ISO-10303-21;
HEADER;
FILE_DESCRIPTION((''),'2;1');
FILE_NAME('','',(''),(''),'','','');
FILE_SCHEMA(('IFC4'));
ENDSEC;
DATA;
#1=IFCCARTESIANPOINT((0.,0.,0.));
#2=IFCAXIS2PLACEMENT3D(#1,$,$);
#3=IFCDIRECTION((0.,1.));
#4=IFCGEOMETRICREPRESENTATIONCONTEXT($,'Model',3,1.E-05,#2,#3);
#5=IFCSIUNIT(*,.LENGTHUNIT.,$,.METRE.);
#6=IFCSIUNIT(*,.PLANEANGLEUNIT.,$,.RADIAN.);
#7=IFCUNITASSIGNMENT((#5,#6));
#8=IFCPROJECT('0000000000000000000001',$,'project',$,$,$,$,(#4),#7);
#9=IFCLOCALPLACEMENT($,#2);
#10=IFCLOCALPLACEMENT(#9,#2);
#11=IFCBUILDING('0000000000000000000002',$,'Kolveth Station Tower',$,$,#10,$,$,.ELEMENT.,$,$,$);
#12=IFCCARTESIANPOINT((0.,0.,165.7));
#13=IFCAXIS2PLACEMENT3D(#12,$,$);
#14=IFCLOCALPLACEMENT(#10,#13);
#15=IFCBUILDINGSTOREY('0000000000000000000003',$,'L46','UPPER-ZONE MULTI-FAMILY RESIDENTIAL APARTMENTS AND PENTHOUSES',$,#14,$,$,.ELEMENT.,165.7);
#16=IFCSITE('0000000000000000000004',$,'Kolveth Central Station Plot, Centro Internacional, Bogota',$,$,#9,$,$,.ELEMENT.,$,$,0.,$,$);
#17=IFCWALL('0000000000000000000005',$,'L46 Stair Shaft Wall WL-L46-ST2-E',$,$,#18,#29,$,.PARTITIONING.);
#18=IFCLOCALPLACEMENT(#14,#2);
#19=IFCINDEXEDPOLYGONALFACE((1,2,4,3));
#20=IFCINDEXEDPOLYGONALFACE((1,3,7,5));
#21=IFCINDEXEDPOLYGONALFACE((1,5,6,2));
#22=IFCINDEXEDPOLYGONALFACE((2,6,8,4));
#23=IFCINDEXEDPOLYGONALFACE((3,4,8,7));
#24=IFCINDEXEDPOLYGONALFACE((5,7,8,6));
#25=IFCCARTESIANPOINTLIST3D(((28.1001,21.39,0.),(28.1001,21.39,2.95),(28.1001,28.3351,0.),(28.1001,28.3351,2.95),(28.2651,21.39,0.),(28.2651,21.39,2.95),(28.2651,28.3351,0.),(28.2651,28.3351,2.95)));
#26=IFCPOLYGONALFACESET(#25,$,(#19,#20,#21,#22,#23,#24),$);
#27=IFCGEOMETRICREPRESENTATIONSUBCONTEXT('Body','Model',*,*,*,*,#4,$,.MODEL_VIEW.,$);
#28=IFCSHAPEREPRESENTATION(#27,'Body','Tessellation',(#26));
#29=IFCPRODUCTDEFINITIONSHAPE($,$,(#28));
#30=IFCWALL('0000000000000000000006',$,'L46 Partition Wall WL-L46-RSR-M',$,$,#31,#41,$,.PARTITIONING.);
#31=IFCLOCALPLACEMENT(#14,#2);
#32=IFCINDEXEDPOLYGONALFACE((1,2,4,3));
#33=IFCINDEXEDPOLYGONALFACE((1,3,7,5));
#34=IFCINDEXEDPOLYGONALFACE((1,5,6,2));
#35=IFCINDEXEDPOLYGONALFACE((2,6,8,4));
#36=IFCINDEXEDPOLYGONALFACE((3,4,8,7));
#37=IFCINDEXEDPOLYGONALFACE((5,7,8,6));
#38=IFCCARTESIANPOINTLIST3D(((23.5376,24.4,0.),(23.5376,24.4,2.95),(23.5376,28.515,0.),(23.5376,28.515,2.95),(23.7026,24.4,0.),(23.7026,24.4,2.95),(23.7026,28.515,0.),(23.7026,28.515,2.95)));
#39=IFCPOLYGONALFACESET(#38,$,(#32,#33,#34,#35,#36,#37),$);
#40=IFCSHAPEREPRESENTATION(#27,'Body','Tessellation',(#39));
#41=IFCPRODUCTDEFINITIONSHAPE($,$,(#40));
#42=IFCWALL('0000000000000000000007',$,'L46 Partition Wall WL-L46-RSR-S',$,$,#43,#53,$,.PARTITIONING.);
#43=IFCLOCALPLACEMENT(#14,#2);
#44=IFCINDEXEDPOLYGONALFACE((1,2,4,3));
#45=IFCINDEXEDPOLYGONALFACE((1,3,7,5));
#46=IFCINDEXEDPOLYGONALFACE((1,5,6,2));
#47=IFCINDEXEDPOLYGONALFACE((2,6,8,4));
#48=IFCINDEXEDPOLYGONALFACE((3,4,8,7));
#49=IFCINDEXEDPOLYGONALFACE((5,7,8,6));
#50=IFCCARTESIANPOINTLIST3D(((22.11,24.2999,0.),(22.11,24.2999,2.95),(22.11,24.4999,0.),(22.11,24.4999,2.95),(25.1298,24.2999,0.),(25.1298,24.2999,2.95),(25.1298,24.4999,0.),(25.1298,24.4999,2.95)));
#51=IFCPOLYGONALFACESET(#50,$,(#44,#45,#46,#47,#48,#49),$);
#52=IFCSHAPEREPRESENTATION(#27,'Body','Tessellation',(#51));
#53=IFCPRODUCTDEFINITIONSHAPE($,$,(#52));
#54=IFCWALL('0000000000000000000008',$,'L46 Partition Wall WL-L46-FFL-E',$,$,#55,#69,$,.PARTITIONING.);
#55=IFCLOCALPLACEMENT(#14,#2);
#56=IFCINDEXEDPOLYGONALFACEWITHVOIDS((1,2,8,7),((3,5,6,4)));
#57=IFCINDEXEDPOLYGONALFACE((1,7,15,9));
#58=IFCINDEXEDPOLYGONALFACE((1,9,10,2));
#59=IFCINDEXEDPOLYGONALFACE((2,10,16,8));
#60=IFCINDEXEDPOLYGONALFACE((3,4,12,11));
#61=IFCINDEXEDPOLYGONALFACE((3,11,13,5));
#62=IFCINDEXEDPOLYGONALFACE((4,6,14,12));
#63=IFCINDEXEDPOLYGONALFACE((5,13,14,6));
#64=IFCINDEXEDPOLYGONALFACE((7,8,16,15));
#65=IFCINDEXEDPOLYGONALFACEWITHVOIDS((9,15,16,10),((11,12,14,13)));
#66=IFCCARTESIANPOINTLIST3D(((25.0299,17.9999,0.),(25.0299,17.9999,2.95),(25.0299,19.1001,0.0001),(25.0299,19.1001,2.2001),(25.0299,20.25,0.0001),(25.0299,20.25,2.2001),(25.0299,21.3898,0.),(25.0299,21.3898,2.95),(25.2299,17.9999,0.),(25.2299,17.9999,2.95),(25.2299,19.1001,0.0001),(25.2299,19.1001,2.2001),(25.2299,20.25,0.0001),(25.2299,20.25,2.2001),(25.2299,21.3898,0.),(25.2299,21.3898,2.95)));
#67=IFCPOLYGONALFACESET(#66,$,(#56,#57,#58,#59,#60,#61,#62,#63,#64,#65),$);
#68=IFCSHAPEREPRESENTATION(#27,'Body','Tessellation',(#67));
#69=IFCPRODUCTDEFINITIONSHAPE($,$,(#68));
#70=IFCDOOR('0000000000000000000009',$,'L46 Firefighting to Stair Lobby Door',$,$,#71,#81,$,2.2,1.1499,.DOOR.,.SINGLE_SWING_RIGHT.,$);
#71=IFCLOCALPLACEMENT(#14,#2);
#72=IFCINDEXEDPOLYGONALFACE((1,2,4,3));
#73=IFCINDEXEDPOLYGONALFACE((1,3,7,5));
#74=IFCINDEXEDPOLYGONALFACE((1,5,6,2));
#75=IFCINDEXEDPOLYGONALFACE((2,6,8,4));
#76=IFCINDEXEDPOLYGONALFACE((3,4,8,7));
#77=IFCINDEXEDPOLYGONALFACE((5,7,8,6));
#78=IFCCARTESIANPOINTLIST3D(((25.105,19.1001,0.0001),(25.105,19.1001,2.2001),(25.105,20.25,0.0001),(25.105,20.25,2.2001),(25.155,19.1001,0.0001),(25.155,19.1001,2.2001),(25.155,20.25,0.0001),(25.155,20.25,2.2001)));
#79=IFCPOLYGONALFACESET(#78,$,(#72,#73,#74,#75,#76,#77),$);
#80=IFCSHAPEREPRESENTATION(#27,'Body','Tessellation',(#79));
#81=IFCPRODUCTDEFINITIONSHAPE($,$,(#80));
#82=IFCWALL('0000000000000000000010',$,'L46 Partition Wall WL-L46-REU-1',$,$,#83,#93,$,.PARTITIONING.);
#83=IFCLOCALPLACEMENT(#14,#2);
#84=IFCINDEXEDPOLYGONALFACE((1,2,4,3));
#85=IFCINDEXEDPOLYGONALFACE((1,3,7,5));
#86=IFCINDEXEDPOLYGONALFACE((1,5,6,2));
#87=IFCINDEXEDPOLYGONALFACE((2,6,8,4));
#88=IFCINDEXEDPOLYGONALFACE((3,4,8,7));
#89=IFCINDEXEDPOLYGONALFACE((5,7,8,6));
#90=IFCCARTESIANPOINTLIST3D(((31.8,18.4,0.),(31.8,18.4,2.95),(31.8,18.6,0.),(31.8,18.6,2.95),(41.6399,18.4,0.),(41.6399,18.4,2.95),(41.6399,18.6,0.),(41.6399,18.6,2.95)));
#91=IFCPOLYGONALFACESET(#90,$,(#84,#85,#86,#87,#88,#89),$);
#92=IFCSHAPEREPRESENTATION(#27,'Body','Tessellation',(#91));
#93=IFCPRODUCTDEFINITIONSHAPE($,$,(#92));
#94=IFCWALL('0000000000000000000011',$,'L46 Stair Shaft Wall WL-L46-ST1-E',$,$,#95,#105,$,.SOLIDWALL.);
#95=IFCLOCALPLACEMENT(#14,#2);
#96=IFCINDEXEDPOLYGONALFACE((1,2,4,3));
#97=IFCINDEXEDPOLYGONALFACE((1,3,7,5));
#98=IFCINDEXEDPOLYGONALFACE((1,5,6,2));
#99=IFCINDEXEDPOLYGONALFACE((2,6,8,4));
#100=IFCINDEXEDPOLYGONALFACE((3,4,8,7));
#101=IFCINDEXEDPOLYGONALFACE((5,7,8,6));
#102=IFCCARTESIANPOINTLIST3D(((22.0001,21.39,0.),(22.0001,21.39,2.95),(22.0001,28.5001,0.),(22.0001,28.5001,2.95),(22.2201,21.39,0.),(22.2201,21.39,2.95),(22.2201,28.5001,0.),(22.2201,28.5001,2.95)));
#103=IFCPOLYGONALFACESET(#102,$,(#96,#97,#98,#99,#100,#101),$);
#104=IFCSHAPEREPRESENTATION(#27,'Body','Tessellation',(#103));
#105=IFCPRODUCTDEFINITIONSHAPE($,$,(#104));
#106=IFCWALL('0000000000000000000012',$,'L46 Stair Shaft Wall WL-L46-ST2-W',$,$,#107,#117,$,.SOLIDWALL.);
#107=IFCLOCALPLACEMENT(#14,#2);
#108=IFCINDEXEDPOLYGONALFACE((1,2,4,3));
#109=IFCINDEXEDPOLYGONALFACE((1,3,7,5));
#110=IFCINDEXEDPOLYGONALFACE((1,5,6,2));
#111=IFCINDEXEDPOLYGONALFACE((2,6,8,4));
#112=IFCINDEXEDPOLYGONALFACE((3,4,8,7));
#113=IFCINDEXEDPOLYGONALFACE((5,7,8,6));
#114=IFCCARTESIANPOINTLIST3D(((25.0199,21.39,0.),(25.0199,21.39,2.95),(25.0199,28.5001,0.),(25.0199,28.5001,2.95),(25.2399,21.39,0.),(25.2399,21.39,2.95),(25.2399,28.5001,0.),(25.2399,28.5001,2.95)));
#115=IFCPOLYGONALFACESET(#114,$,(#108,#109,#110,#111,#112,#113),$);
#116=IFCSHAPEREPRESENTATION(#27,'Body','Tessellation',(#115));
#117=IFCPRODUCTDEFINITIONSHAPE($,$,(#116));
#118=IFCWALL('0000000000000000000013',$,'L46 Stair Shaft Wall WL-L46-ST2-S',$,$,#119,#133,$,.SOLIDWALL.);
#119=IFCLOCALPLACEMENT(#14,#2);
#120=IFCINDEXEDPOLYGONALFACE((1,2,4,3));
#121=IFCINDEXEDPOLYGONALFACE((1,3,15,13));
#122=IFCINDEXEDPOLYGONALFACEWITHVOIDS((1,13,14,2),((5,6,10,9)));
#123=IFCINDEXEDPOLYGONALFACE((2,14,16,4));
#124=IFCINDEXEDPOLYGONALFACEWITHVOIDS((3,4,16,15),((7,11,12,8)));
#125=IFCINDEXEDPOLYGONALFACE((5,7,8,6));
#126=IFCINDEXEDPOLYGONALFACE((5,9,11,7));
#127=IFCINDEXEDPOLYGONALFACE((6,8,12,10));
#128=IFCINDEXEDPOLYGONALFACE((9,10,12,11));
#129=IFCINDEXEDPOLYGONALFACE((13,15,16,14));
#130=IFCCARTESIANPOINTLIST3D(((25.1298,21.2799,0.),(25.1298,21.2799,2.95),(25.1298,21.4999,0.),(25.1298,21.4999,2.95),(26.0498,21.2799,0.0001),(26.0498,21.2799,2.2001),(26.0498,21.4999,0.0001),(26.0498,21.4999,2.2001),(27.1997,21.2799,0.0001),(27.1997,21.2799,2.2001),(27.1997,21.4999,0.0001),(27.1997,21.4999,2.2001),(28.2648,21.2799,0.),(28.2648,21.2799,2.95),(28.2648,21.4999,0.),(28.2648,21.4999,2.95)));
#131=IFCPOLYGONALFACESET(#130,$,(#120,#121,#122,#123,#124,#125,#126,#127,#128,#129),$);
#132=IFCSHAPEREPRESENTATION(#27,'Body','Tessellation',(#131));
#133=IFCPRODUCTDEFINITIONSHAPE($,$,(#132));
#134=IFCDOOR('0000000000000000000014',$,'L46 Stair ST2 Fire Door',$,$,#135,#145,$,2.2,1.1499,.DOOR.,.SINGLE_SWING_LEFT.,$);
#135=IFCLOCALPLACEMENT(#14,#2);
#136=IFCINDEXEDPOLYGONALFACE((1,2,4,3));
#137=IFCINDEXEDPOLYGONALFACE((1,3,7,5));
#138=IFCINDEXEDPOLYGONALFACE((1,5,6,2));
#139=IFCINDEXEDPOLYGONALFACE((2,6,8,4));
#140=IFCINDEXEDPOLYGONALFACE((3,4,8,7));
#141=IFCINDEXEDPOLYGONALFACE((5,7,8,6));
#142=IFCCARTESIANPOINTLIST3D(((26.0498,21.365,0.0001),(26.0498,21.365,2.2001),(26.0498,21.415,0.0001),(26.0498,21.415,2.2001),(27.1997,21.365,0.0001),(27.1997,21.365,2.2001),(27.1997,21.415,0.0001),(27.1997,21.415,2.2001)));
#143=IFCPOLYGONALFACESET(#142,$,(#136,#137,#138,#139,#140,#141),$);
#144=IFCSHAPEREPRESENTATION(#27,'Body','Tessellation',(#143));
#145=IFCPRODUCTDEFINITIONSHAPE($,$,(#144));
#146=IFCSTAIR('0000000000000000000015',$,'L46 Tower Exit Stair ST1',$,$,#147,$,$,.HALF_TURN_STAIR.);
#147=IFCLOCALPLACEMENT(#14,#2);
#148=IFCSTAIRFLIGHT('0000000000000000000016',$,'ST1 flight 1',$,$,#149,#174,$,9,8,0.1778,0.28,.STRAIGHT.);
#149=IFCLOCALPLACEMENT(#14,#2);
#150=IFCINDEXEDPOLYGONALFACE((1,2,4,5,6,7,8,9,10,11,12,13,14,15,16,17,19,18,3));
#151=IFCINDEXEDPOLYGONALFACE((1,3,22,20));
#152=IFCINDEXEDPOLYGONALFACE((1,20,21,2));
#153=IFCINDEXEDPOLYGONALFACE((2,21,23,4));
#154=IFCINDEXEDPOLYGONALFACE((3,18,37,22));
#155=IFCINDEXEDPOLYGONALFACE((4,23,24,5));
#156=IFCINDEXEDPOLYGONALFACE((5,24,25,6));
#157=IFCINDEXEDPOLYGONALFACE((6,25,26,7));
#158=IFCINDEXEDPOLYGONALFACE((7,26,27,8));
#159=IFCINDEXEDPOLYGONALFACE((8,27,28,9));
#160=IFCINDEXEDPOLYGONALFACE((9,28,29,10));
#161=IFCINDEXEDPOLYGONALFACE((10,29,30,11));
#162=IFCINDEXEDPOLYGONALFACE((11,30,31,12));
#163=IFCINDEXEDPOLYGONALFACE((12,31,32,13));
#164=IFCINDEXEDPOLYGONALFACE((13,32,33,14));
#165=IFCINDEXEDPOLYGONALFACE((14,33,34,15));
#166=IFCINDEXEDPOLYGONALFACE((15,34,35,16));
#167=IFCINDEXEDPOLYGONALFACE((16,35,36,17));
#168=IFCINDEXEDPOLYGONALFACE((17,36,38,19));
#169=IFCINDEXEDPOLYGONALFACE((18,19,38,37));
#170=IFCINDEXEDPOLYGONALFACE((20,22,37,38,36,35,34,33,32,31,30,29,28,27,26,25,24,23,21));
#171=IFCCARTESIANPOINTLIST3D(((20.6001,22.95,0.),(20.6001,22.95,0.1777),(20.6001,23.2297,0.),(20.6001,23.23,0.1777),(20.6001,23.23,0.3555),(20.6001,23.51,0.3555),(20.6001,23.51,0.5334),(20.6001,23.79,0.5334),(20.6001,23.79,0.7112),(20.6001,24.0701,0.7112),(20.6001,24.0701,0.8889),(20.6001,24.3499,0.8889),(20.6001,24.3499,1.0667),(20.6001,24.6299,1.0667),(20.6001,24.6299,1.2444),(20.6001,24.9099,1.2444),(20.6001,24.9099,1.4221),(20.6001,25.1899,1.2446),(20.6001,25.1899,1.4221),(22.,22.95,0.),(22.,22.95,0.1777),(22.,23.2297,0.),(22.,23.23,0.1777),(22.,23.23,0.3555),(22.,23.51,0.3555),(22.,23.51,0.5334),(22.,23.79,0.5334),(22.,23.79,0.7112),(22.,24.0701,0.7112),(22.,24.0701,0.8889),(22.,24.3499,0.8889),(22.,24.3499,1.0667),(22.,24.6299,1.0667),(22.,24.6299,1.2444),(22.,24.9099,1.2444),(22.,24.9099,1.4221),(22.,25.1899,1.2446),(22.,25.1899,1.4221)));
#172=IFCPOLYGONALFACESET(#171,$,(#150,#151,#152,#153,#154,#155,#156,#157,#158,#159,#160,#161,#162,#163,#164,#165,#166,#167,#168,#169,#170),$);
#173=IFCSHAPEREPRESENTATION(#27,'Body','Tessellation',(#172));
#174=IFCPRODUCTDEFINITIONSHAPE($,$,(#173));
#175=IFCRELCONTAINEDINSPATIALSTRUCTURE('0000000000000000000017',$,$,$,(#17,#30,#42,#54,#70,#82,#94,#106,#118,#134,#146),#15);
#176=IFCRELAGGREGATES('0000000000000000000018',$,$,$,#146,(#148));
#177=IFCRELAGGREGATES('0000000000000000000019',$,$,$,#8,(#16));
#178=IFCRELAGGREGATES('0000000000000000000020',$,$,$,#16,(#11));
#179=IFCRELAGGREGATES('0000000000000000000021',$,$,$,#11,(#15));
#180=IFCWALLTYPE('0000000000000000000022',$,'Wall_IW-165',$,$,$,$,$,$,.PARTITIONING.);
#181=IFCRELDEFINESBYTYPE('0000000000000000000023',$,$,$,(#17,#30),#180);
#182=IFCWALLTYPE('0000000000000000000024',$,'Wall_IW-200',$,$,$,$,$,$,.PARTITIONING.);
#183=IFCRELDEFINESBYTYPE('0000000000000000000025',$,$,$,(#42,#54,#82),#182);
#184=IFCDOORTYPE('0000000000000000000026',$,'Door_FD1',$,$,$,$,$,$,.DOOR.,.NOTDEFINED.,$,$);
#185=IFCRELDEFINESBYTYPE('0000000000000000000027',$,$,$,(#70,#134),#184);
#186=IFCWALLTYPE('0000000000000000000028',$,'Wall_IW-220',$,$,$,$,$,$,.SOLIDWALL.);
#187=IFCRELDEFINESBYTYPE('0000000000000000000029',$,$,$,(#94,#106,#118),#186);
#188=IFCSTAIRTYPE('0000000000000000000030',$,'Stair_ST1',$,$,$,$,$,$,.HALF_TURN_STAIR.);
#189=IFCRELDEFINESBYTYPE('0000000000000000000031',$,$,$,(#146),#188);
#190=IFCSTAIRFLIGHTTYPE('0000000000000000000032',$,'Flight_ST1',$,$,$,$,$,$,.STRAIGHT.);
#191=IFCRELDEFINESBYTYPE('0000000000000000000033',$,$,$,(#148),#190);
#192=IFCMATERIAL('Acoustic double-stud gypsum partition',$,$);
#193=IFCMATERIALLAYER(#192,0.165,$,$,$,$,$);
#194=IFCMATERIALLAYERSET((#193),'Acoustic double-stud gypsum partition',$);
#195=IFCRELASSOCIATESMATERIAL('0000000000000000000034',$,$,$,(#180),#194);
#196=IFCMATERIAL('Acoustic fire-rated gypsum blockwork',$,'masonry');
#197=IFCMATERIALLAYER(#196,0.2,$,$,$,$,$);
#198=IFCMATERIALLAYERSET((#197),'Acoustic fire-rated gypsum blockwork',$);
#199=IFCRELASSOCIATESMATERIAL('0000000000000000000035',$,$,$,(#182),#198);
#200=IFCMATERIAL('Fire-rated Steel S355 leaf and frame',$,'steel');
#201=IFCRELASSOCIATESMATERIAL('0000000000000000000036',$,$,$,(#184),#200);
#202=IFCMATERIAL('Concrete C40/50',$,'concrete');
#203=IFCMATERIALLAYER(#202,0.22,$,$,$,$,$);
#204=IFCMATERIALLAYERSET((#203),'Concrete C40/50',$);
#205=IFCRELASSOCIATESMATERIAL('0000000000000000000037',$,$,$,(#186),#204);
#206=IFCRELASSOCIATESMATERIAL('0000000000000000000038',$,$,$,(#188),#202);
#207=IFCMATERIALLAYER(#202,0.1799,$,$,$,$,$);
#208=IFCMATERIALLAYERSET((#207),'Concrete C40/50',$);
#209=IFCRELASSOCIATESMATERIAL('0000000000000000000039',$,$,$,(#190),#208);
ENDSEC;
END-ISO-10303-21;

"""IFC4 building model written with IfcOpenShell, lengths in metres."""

from ifc_helpers import new_model, si_unit, direction, frame, frame_2d, origin, place, context, subcontext, project, spatial, polyline, rectangle, outline, extrude, material, layer, layer_set, type_object, element, fill, aggregate, save


model = new_model("IFC4")

# Units and contexts
model_context = context("Model", 3, precision=1e-05, world=origin(), true_north=direction((0.0, 1.0)))
body_context = subcontext(model_context, "Body", "Model", "MODEL_VIEW")
ifc_project = project(units=[si_unit("LENGTHUNIT", "METRE"), si_unit("PLANEANGLEUNIT", "RADIAN")], contexts=[model_context])

# Site, building, storey
site_placement = place(None, origin())
site = spatial("IfcSite", under=ifc_project, at=site_placement, Name="Kolveth Central Station Plot, Centro Internacional, Bogota", CompositionType="ELEMENT", RefElevation=0.0)
building_placement = place(site_placement, origin())
building = spatial("IfcBuilding", under=site, at=building_placement, Name="Kolveth Station Tower", CompositionType="ELEMENT")
storey_placement = place(building_placement, frame((0.0, 0.0, 165.7)))
storey = spatial("IfcBuildingStorey", under=building, at=storey_placement, Name="L46", Description="UPPER-ZONE MULTI-FAMILY RESIDENTIAL APARTMENTS AND PENTHOUSES", CompositionType="ELEMENT", Elevation=165.7)

# Walls
ifc_material_1 = material(Name="Acoustic double-stud gypsum partition")
ifc_layer_1 = layer(ifc_material_1, 0.165)
ifc_layer_set_1 = layer_set([ifc_layer_1], Name="Acoustic double-stud gypsum partition")
wall_type_1 = type_object("IfcWallType", Name="Wall_IW-165", PredefinedType="PARTITIONING", material=ifc_layer_set_1)
wall_1_placement = place(storey_placement, frame((28.1826, 21.3899, 0.0), z_axis=(0.0, 0.0, 1.0), x_axis=(0.0, 1.0, 0.0)))
element("IfcWall", 1, at=wall_1_placement, inside=storey, type_object=wall_type_1, Name="L46 Stair Shaft Wall WL-L46-ST2-E", PredefinedType="PARTITIONING", context=body_context, shape_type="SweptSolid", body=[
    extrude(rectangle(XDim=6.9451, YDim=0.165, at=frame_2d((3.4727, 0.0))), origin(), (0.0, 0.0, 1.0), 2.95),
])
wall_2_placement = place(storey_placement, frame((23.6201, 24.3999, 0.0), z_axis=(0.0, 0.0, 1.0), x_axis=(0.0, 1.0, 0.0)))
element("IfcWall", 2, at=wall_2_placement, inside=storey, type_object=wall_type_1, Name="L46 Partition Wall WL-L46-RSR-M", PredefinedType="PARTITIONING", context=body_context, shape_type="SweptSolid", body=[
    extrude(rectangle(XDim=4.115, YDim=0.165, at=frame_2d((2.0576, 0.0))), origin(), (0.0, 0.0, 1.0), 2.95),
])
ifc_material_2 = material(Name="Acoustic fire-rated gypsum blockwork", Category="masonry")
ifc_layer_2 = layer(ifc_material_2, 0.2)
ifc_layer_set_2 = layer_set([ifc_layer_2], Name="Acoustic fire-rated gypsum blockwork")
wall_type_2 = type_object("IfcWallType", Name="Wall_IW-200", PredefinedType="PARTITIONING", material=ifc_layer_set_2)
wall_3_placement = place(storey_placement, frame((22.1101, 24.3999, 0.0), z_axis=(0.0, 0.0, 1.0), x_axis=(1.0, 0.0, 0.0)))
element("IfcWall", 3, at=wall_3_placement, inside=storey, type_object=wall_type_2, Name="L46 Partition Wall WL-L46-RSR-S", PredefinedType="PARTITIONING", context=body_context, shape_type="SweptSolid", body=[
    extrude(rectangle(XDim=3.0198, YDim=0.2, at=frame_2d((1.5098, 0.0))), origin(), (0.0, 0.0, 1.0), 2.95),
])

# Wall, opening, door
wall_4_placement = place(storey_placement, frame((25.1299, 18.0, 0.0), z_axis=(0.0, 0.0, 1.0), x_axis=(0.0, 1.0, 0.0)))
wall_4 = element("IfcWall", 4, at=wall_4_placement, inside=storey, type_object=wall_type_2, Name="L46 Partition Wall WL-L46-FFL-E", PredefinedType="PARTITIONING", context=body_context, shape_type="SweptSolid", body=[
    extrude(rectangle(XDim=3.3899, YDim=0.2, at=frame_2d((1.6948, 0.0))), origin(), (0.0, 0.0, 1.0), 2.95),
])
opening_1_placement = place(wall_4_placement, frame((1.1001, 0.0, 0.0)))
opening_1 = element("IfcOpeningElement", 5, at=opening_1_placement, cuts=wall_4, PredefinedType="OPENING", context=body_context, shape_type="SweptSolid", body=[
    extrude(rectangle(XDim=1.1499, YDim=2.2, at=frame_2d((0.575, 1.1001))), frame((0.0, 0.1099, 0.0), z_axis=(0.0, -1.0, 0.0), x_axis=(1.0, 0.0, 0.0)), (0.0, 0.0, 1.0), 0.22),
])
ifc_material_3 = material(Name="Fire-rated Steel S355 leaf and frame", Category="steel")
door_type = type_object("IfcDoorType", Name="Door_FD1", OperationType="NOTDEFINED", PredefinedType="DOOR", material=ifc_material_3)
door_1_placement = place(opening_1_placement, origin())
door_1 = element("IfcDoor", 6, at=door_1_placement, inside=storey, type_object=door_type, Name="L46 Firefighting to Stair Lobby Door", OperationType="SINGLE_SWING_RIGHT", OverallHeight=2.2, OverallWidth=1.1499, PredefinedType="DOOR", context=body_context, shape_type="SweptSolid", body=[
    extrude(rectangle(XDim=1.1499, YDim=2.2, at=frame_2d((0.575, 1.1001))), frame((0.0, 0.0249, 0.0), z_axis=(0.0, -1.0, 0.0), x_axis=(1.0, 0.0, 0.0)), (0.0, 0.0, 1.0), 0.05),
])
fill(opening_1, door_1)

# Walls
wall_5_placement = place(storey_placement, frame((31.8, 18.5, 0.0), z_axis=(0.0, 0.0, 1.0), x_axis=(1.0, 0.0, 0.0)))
element("IfcWall", 7, at=wall_5_placement, inside=storey, type_object=wall_type_2, Name="L46 Partition Wall WL-L46-REU-1", PredefinedType="PARTITIONING", context=body_context, shape_type="SweptSolid", body=[
    extrude(rectangle(XDim=9.8398, YDim=0.2, at=frame_2d((4.9199, 0.0))), origin(), (0.0, 0.0, 1.0), 2.95),
])
ifc_material_4 = material(Name="Concrete C40/50", Category="concrete")
ifc_layer_3 = layer(ifc_material_4, 0.22)
ifc_layer_set_3 = layer_set([ifc_layer_3], Name="Concrete C40/50")
wall_type_3 = type_object("IfcWallType", Name="Wall_IW-220", PredefinedType="SOLIDWALL", material=ifc_layer_set_3)
for number, where, z_axis, x_axis, name in (
    (8, (22.1101, 21.3899, 0.0), (0.0, 0.0, 1.0), (0.0, 1.0, 0.0), "L46 Stair Shaft Wall WL-L46-ST1-E"),
    (9, (25.1299, 21.3899, 0.0), (0.0, 0.0, 1.0), (0.0, 1.0, 0.0), "L46 Stair Shaft Wall WL-L46-ST2-W"),
):
    element("IfcWall", number, at=place(storey_placement, frame(where, z_axis=z_axis, x_axis=x_axis)), inside=storey, type_object=wall_type_3, Name=name, PredefinedType="SOLIDWALL", context=body_context, shape_type="SweptSolid", body=[
        extrude(rectangle(XDim=7.1101, YDim=0.22, at=frame_2d((3.5552, 0.0))), origin(), (0.0, 0.0, 1.0), 2.95),
    ])

# Wall, opening, door
wall_6_placement = place(storey_placement, frame((25.1299, 21.3899, 0.0), z_axis=(0.0, 0.0, 1.0), x_axis=(1.0, 0.0, 0.0)))
wall_6 = element("IfcWall", 10, at=wall_6_placement, inside=storey, type_object=wall_type_3, Name="L46 Stair Shaft Wall WL-L46-ST2-S", PredefinedType="SOLIDWALL", context=body_context, shape_type="SweptSolid", body=[
    extrude(rectangle(XDim=3.135, YDim=0.22, at=frame_2d((1.5674, 0.0))), origin(), (0.0, 0.0, 1.0), 2.95),
])
opening_2_placement = place(wall_6_placement, frame((0.9199, 0.0, 0.0)))
opening_2 = element("IfcOpeningElement", 11, at=opening_2_placement, cuts=wall_6, PredefinedType="OPENING", context=body_context, shape_type="SweptSolid", body=[
    extrude(rectangle(XDim=1.1499, YDim=2.2, at=frame_2d((0.575, 1.1001))), frame((0.0, 0.1199, 0.0), z_axis=(0.0, -1.0, 0.0), x_axis=(1.0, 0.0, 0.0)), (0.0, 0.0, 1.0), 0.24),
])
door_2_placement = place(opening_2_placement, frame((1.1499, 0.0, 0.0), z_axis=(0.0, 0.0, 1.0), x_axis=(-1.0, 0.0, 0.0)))
door_2 = element("IfcDoor", 12, at=door_2_placement, inside=storey, type_object=door_type, Name="L46 Stair ST2 Fire Door", OperationType="SINGLE_SWING_LEFT", OverallHeight=2.2, OverallWidth=1.1499, PredefinedType="DOOR", context=body_context, shape_type="SweptSolid", body=[
    extrude(rectangle(XDim=1.1499, YDim=2.2, at=frame_2d((0.575, 1.1001))), frame((0.0, 0.0249, 0.0), z_axis=(0.0, -1.0, 0.0), x_axis=(1.0, 0.0, 0.0)), (0.0, 0.0, 1.0), 0.05),
])
fill(opening_2, door_2)

# Stair, stair flight
stair_type_1 = type_object("IfcStairType", Name="Stair_ST1", PredefinedType="HALF_TURN_STAIR", material=ifc_material_4)
stair_1_placement = place(storey_placement, origin())
stair_1 = element("IfcStair", 13, at=stair_1_placement, inside=storey, type_object=stair_type_1, Name="L46 Tower Exit Stair ST1", PredefinedType="HALF_TURN_STAIR")
ifc_layer_4 = layer(ifc_material_4, 0.1799)
ifc_layer_set_4 = layer_set([ifc_layer_4], Name="Concrete C40/50")
stair_flight_type_1 = type_object("IfcStairFlightType", Name="Flight_ST1", PredefinedType="STRAIGHT", material=ifc_layer_set_4)
stair_flight_1_placement = place(storey_placement, frame((21.3, 22.95, 0.0), z_axis=(0.0, 0.0, 1.0), x_axis=(0.0, 1.0, 0.0)))
stair_flight_1 = element("IfcStairFlight", 14, at=stair_flight_1_placement, type_object=stair_flight_type_1, Name="ST1 flight 1", NumberOfRisers=9, NumberOfTreads=8, PredefinedType="STRAIGHT", RiserHeight=0.1778, TreadLength=0.28, context=body_context, shape_type="SweptSolid", body=[
    extrude(outline(polyline([(0.0, 0.0), (0.0, 0.1777), (0.28, 0.1777), (0.28, 0.3555), (0.5601, 0.3555), (0.5601, 0.5334), (0.8401, 0.5334), (0.8401, 0.7112), (1.1201, 0.7112), (1.1201, 0.8889), (1.3999, 0.8889), (1.3999, 1.0667), (1.6799, 1.0667), (1.6799, 1.2444), (1.96, 1.2444), (1.96, 1.4221), (2.24, 1.4221), (2.24, 1.6001), (2.24, 1.2446), (0.2798, 0.0), (0.0, 0.0)])), frame((0.0, 0.7, 0.0), z_axis=(0.0, -1.0, 0.0), x_axis=(1.0, 0.0, 0.0)), (0.0, 0.0, 1.0), 1.3999),
])
aggregate(stair_1, [stair_flight_1])

save(model, "model.ifc")
